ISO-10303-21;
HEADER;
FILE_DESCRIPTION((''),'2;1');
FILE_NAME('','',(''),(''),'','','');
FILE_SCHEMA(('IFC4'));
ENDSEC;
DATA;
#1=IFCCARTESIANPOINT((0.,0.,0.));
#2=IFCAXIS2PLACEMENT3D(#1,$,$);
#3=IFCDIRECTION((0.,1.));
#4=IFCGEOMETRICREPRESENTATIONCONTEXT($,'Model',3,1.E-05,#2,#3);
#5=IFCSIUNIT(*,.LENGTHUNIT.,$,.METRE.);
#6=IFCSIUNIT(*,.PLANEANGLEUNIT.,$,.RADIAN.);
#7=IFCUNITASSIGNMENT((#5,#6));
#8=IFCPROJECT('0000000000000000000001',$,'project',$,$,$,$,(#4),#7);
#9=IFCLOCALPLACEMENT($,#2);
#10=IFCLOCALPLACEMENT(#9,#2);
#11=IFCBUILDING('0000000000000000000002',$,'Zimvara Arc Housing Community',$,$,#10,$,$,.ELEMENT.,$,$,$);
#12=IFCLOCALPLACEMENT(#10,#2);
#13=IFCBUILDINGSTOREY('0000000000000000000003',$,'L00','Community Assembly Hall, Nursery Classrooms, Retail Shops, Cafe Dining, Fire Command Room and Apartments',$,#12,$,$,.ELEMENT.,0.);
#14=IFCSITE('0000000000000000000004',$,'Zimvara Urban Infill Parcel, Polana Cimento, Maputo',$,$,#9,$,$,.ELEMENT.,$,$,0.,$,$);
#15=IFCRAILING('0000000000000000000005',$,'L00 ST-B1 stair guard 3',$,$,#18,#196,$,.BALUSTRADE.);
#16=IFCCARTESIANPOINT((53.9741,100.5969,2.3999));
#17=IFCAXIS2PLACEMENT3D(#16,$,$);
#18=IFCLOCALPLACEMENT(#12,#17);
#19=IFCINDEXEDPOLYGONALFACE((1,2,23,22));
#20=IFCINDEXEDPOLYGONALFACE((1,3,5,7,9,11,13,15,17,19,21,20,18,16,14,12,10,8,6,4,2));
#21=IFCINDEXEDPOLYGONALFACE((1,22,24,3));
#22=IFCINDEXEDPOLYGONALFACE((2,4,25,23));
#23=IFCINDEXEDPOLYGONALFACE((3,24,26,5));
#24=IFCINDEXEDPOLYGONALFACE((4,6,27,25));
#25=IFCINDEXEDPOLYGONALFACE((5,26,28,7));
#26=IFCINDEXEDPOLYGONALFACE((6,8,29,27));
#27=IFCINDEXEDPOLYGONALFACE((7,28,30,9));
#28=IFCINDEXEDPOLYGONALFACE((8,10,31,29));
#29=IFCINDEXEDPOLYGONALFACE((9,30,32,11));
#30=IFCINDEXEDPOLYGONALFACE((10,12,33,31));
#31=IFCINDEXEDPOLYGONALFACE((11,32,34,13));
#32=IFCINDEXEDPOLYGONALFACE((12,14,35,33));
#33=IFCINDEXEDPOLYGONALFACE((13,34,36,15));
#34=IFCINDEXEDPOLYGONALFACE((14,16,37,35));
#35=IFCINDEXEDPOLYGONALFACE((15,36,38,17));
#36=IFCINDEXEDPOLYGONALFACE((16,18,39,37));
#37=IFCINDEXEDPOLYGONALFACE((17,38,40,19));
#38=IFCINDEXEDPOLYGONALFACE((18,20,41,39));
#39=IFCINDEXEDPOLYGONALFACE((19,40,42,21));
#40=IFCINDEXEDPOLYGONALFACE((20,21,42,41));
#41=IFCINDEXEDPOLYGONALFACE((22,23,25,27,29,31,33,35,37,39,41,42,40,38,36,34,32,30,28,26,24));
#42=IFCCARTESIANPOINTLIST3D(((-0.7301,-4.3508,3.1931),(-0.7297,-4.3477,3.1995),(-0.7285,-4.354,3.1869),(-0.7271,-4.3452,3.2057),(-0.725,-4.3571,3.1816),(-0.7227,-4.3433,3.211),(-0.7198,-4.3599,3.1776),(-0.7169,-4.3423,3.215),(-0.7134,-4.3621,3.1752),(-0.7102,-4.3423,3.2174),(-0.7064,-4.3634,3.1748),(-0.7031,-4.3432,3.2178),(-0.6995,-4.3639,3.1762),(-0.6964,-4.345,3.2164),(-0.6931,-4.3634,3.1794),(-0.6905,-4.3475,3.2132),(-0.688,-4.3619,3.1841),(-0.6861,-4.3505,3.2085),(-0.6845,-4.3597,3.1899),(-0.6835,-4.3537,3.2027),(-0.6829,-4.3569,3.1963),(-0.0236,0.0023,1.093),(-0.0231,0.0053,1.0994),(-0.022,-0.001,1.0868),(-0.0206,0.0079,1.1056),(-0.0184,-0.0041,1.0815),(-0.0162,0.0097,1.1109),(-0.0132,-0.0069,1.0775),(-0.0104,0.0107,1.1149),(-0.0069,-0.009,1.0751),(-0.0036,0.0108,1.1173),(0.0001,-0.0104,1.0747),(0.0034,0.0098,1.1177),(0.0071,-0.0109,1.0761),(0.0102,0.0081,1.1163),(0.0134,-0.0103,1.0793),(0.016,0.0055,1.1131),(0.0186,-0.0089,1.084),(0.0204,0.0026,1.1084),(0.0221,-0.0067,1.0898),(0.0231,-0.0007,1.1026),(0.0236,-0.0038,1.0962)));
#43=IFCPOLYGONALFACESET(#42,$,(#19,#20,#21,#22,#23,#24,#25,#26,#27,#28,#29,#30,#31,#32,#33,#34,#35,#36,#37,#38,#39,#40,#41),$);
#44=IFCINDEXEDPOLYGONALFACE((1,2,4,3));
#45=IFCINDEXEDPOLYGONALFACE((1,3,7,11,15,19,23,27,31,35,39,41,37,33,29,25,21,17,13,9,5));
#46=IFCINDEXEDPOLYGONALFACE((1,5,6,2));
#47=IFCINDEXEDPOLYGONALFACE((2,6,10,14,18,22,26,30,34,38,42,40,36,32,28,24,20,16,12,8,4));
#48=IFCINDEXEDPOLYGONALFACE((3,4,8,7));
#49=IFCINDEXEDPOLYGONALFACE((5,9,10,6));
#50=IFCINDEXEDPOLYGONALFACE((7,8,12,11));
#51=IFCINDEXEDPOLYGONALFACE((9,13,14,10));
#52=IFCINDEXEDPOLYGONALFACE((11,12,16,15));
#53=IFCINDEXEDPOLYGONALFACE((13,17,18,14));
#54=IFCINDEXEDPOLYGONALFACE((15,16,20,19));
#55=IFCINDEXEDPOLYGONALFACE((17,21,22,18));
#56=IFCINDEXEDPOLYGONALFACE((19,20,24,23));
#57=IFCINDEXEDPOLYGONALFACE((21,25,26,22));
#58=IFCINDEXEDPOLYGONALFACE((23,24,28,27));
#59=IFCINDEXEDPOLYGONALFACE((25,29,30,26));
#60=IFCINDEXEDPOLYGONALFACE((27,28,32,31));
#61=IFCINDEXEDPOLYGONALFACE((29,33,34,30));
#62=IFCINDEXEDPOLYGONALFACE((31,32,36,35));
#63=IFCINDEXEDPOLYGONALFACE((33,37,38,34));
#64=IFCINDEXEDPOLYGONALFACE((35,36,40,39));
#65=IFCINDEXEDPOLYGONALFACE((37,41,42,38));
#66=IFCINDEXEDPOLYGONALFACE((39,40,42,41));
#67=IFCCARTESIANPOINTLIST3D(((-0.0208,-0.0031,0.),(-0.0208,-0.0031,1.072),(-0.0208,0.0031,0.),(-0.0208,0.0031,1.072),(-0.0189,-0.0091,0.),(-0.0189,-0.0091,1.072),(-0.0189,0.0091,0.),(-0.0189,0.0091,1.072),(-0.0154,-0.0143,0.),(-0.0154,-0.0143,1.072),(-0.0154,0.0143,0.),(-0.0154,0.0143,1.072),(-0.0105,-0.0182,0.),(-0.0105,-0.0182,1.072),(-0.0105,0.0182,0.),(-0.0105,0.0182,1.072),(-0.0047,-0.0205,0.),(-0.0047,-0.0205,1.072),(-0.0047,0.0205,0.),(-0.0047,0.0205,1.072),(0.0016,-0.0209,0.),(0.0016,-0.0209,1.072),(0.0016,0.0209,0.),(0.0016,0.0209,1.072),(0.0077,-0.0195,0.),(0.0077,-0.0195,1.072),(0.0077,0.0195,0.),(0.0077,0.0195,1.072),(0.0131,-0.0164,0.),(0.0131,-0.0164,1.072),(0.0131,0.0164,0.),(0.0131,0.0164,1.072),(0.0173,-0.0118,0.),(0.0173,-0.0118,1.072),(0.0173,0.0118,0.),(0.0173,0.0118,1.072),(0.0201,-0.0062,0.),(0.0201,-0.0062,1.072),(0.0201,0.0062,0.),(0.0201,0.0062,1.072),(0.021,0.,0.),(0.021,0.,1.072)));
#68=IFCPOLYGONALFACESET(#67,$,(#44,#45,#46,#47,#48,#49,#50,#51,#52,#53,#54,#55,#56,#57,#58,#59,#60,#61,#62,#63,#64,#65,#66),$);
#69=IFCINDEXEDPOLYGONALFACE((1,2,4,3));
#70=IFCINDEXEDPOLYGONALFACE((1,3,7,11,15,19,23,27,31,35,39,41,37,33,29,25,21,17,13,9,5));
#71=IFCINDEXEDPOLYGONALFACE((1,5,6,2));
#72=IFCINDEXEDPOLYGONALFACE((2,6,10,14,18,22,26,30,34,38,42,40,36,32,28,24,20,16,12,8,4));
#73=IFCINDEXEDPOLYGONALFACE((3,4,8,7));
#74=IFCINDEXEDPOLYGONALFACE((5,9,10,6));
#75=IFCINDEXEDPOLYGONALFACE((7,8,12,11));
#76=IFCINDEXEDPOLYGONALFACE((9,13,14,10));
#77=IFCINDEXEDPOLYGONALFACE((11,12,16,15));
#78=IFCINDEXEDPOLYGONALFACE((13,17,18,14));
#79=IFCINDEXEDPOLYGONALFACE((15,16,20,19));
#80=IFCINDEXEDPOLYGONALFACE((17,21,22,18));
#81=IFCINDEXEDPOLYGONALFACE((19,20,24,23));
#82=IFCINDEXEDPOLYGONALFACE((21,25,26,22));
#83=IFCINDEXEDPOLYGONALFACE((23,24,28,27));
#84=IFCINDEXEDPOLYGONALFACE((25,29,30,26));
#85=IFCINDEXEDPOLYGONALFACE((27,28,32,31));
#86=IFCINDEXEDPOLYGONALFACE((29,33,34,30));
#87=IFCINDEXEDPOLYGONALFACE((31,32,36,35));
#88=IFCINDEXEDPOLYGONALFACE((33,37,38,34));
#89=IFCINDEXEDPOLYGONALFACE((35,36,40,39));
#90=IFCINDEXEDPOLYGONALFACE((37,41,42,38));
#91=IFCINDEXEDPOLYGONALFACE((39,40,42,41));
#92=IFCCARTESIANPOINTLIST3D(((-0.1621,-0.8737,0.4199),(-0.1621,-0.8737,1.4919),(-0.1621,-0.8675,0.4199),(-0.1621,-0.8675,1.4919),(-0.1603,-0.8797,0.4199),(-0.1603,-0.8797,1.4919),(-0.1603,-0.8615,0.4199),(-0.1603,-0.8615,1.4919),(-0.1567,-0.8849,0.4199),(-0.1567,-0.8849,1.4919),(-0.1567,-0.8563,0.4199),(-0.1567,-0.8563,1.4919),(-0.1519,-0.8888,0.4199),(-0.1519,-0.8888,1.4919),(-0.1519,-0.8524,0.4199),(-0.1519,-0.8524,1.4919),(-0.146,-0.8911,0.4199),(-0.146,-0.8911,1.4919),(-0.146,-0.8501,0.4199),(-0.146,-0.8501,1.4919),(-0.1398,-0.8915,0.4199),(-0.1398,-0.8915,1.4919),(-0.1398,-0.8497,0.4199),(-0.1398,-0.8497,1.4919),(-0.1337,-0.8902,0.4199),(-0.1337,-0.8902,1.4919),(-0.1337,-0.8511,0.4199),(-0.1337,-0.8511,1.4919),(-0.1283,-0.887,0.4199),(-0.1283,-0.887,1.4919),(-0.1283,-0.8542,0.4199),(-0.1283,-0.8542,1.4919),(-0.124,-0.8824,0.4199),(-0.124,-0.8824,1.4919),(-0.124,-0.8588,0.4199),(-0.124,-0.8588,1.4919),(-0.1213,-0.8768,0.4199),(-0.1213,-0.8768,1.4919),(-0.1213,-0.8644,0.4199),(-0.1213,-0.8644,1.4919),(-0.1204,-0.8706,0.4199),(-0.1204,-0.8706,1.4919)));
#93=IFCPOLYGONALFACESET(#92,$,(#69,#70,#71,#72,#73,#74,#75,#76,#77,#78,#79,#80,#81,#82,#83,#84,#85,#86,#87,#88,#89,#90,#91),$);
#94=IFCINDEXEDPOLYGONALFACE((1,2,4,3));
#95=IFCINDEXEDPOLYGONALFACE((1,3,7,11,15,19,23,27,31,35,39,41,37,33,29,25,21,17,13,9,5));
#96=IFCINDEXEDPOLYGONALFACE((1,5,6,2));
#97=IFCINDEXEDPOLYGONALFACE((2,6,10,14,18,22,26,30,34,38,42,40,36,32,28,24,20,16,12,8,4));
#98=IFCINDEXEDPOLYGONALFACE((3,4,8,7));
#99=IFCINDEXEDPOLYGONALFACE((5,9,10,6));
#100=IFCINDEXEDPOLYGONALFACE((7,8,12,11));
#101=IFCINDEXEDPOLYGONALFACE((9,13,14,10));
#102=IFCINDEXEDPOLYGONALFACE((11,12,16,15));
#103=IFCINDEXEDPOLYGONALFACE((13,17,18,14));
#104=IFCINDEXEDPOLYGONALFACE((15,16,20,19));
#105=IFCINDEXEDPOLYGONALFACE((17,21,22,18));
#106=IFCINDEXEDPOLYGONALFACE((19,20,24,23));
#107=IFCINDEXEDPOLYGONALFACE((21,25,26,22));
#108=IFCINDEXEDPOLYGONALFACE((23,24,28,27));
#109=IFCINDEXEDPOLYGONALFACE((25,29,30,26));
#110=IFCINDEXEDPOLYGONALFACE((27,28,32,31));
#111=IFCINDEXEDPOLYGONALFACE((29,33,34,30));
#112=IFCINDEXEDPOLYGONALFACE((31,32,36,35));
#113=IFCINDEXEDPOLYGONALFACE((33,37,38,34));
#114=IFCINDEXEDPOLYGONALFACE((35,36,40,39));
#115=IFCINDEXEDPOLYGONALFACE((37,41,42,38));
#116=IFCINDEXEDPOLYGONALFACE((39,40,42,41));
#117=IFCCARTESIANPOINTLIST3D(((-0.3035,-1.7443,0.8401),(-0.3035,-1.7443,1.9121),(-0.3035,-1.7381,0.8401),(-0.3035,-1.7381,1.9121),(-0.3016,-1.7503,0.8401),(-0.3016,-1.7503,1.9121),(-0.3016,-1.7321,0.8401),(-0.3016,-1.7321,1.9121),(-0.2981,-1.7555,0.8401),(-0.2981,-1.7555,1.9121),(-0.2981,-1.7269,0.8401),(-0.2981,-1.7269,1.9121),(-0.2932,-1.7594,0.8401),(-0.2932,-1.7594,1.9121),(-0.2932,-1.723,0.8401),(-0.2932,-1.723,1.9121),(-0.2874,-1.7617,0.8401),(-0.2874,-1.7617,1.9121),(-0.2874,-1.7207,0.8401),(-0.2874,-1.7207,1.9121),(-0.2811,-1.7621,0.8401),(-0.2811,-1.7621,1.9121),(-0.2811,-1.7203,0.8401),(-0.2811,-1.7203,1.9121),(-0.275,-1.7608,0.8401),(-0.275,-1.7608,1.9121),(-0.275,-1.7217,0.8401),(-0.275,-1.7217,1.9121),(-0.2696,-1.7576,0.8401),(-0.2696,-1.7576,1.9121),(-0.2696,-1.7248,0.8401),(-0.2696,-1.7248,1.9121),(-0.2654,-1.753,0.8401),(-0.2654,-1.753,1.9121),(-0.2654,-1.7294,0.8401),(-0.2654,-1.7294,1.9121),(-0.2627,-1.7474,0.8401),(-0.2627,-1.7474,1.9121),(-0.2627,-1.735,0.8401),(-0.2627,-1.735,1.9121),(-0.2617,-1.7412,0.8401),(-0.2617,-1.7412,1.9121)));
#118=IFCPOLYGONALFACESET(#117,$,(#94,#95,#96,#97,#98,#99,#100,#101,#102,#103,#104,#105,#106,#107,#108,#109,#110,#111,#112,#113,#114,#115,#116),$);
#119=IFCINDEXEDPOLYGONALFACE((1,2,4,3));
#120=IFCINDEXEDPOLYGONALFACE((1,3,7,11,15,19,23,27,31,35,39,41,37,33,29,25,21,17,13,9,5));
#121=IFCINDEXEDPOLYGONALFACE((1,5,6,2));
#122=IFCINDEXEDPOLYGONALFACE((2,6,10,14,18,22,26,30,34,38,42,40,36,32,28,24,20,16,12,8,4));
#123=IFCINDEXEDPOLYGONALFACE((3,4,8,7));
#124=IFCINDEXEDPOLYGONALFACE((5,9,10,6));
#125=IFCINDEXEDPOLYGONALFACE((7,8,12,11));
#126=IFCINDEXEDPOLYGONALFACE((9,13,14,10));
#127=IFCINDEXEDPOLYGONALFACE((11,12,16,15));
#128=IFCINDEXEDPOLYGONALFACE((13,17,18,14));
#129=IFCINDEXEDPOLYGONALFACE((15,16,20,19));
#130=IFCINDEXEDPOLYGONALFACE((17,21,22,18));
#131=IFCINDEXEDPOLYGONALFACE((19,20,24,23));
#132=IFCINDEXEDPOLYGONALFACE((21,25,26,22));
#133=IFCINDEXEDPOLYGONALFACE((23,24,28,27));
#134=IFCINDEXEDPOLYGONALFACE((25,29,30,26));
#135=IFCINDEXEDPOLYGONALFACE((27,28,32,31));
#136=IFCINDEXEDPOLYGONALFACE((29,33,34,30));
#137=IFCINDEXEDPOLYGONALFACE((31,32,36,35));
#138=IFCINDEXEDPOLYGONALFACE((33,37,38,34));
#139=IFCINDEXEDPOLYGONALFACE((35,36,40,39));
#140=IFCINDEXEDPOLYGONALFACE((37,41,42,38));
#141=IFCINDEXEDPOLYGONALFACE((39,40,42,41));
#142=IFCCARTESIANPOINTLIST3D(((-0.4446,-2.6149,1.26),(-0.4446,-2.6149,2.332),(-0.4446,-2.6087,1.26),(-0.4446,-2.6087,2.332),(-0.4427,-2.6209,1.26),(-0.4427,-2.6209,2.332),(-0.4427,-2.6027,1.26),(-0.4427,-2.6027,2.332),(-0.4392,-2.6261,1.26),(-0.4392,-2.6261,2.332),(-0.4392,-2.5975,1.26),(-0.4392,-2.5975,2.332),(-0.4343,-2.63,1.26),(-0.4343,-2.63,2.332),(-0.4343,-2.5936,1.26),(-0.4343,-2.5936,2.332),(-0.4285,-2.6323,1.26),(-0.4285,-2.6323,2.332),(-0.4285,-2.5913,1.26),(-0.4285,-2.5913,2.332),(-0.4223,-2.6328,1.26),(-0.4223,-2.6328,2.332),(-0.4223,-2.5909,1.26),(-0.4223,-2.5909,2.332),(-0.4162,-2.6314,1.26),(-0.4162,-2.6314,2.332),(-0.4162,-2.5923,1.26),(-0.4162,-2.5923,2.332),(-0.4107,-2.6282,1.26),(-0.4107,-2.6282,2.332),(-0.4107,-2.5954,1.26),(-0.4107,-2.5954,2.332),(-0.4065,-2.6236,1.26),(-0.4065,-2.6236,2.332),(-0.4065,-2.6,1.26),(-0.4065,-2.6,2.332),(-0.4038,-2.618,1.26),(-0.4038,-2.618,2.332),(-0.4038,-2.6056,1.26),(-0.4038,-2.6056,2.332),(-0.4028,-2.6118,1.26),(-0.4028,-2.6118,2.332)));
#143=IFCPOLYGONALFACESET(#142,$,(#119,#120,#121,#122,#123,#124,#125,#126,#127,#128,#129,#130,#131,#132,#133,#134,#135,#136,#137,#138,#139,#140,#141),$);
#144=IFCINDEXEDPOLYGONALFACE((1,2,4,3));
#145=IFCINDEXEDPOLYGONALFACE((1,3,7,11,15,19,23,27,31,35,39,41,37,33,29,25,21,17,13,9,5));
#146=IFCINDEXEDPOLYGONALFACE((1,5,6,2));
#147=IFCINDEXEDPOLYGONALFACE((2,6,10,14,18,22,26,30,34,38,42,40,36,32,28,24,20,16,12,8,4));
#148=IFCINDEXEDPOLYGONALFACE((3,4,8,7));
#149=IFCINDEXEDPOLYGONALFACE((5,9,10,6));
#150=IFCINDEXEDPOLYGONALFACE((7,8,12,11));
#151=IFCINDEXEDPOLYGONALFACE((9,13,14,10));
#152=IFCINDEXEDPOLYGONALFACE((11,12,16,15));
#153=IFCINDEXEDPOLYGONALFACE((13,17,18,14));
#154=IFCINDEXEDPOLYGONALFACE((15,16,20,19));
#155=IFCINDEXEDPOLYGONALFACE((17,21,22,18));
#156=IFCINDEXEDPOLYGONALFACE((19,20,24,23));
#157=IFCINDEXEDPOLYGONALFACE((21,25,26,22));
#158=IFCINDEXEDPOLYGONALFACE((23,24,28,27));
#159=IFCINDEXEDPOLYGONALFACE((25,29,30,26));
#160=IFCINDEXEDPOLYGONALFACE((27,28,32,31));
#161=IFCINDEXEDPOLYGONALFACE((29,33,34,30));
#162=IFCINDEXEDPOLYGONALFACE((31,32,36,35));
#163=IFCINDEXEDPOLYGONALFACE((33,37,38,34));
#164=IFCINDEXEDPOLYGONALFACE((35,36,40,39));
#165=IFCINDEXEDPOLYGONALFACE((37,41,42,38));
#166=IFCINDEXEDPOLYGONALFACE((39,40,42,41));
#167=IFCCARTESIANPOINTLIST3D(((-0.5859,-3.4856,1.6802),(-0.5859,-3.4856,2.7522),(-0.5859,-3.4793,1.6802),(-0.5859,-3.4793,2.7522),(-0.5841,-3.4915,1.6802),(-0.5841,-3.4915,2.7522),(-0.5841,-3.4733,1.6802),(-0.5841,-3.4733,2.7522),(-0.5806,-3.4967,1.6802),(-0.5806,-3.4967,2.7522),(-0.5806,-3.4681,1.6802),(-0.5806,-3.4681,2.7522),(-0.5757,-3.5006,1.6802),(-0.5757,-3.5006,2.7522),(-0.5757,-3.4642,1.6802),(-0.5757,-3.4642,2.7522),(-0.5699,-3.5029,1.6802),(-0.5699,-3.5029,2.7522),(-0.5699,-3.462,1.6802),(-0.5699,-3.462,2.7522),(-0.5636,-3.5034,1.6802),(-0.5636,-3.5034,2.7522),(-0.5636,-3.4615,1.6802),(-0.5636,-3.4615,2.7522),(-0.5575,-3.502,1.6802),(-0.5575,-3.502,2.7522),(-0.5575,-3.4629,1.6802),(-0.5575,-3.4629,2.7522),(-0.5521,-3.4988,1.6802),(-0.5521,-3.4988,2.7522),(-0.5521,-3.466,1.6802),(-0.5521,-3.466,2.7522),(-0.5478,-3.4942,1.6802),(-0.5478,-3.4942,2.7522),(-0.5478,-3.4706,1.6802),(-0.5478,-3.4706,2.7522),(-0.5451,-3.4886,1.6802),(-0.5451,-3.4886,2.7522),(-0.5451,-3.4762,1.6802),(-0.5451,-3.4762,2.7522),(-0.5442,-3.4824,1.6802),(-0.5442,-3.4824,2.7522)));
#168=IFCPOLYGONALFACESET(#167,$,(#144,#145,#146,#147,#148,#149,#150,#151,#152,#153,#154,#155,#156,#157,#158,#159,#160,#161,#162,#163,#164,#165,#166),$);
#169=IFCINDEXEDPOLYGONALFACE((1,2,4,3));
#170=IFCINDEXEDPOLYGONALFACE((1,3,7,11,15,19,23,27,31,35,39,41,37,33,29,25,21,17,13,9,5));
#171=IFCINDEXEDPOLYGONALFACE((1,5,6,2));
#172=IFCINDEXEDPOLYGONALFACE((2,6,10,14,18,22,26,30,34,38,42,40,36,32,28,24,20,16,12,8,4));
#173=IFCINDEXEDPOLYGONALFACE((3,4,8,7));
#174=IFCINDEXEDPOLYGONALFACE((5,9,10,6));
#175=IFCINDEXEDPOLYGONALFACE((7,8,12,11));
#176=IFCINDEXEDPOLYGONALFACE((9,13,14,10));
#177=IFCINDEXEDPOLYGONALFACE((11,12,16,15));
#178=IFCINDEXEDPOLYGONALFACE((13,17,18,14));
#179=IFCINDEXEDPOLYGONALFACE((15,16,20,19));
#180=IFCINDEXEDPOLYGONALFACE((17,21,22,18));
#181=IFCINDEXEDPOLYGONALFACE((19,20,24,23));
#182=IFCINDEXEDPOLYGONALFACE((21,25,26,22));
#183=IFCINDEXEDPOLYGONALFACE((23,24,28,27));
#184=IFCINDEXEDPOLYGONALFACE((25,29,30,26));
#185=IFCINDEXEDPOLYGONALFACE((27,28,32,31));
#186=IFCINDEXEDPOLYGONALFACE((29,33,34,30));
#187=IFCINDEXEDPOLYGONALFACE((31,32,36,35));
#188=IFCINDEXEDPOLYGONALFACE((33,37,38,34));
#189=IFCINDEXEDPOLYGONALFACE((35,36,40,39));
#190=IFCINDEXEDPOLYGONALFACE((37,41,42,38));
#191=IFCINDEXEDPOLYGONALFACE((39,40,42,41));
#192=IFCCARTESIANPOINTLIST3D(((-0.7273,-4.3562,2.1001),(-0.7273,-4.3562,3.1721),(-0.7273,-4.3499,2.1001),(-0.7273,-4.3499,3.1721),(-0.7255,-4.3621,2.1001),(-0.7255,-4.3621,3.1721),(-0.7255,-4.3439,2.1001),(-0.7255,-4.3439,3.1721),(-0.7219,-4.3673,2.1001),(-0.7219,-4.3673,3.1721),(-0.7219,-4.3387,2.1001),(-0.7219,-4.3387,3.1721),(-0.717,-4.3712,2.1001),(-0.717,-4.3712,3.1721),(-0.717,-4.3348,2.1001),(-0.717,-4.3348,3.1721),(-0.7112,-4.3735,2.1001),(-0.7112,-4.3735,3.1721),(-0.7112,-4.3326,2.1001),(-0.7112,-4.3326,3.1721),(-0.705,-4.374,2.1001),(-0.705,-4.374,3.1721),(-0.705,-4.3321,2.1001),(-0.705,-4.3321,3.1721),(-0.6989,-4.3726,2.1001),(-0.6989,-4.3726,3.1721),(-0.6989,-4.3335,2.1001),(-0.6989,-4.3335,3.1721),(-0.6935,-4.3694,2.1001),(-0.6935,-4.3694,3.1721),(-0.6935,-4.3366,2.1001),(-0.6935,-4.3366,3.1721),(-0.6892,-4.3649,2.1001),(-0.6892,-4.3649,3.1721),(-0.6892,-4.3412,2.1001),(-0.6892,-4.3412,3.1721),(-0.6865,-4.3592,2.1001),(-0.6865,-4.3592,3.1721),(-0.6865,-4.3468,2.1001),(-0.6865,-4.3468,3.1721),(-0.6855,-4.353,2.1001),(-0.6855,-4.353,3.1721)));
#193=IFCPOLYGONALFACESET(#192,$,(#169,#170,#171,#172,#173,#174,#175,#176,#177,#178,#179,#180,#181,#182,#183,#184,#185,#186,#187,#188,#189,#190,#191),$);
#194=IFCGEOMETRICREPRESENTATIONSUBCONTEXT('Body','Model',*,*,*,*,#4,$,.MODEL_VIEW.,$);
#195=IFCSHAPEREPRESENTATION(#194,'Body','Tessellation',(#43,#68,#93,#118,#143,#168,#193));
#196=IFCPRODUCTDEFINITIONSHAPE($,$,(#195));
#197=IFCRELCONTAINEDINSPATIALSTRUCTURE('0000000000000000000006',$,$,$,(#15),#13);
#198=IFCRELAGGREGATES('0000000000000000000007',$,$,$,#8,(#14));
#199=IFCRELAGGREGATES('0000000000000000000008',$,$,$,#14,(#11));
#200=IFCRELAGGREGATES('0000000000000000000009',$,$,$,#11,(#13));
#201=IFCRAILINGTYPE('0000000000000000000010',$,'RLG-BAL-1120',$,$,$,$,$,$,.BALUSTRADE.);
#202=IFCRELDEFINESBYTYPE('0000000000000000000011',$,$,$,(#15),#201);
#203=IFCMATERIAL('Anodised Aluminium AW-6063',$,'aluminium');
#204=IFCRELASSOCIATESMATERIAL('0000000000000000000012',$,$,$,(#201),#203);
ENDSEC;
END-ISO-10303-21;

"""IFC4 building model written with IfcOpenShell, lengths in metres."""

from ifc_helpers import new_model, si_unit, direction, frame, origin, origin_2d, place, context, subcontext, project, spatial, circle, extrude, material, type_object, element, save


model = new_model("IFC4")

# Units and contexts
model_context = context("Model", 3, precision=1e-05, world=origin(), true_north=direction((0.0, 1.0)))
body_context = subcontext(model_context, "Body", "Model", "MODEL_VIEW")
ifc_project = project(units=[si_unit("LENGTHUNIT", "METRE"), si_unit("PLANEANGLEUNIT", "RADIAN")], contexts=[model_context])

# Site, building, storey
site_placement = place(None, origin())
site = spatial("IfcSite", under=ifc_project, at=site_placement, Name="Zimvara Urban Infill Parcel, Polana Cimento, Maputo", CompositionType="ELEMENT", RefElevation=0.0)
building_placement = place(site_placement, origin())
building = spatial("IfcBuilding", under=site, at=building_placement, Name="Zimvara Arc Housing Community", CompositionType="ELEMENT")
storey_placement = place(building_placement, origin())
storey = spatial("IfcBuildingStorey", under=building, at=storey_placement, Name="L00", Description="Community Assembly Hall, Nursery Classrooms, Retail Shops, Cafe Dining, Fire Command Room and Apartments", CompositionType="ELEMENT", Elevation=0.0)

# Railing
ifc_material_1 = material(Name="Anodised Aluminium AW-6063", Category="aluminium")
railing_type_1 = type_object("IfcRailingType", Name="RLG-BAL-1120", PredefinedType="BALUSTRADE", material=ifc_material_1)
railing_1_placement = place(storey_placement, frame((53.9741, 100.5969, 2.3999)))
element("IfcRailing", 1, at=railing_1_placement, inside=storey, type_object=railing_type_1, Name="L00 ST-B1 stair guard 3", PredefinedType="BALUSTRADE", context=body_context, shape_type="SweptSolid", body=[
    extrude(circle(Radius=0.0239, at=origin_2d()), frame((0.0, 0.0, 1.0962), z_axis=(-0.14465, -0.89119, 0.42995), x_axis=(0.987082, -0.160214, 0.0)), (0.0, 0.0, 1.0), 4.8845),
    extrude(circle(Radius=0.021, at=origin_2d()), origin(), (0.0, 0.0, 1.0), 1.072),
    extrude(circle(Radius=0.021, at=origin_2d()), frame((-0.1414, -0.8706, 0.4199)), (0.0, 0.0, 1.0), 1.072),
    extrude(circle(Radius=0.021, at=origin_2d()), frame((-0.2827, -1.7412, 0.8401)), (0.0, 0.0, 1.0), 1.072),
    extrude(circle(Radius=0.021, at=origin_2d()), frame((-0.4238, -2.6118, 1.26)), (0.0, 0.0, 1.0), 1.072),
    extrude(circle(Radius=0.021, at=origin_2d()), frame((-0.5652, -3.4824, 1.6802)), (0.0, 0.0, 1.0), 1.072),
    extrude(circle(Radius=0.021, at=origin_2d()), frame((-0.7065, -4.353, 2.1001)), (0.0, 0.0, 1.0), 1.072),
])

save(model, "model.ifc")
